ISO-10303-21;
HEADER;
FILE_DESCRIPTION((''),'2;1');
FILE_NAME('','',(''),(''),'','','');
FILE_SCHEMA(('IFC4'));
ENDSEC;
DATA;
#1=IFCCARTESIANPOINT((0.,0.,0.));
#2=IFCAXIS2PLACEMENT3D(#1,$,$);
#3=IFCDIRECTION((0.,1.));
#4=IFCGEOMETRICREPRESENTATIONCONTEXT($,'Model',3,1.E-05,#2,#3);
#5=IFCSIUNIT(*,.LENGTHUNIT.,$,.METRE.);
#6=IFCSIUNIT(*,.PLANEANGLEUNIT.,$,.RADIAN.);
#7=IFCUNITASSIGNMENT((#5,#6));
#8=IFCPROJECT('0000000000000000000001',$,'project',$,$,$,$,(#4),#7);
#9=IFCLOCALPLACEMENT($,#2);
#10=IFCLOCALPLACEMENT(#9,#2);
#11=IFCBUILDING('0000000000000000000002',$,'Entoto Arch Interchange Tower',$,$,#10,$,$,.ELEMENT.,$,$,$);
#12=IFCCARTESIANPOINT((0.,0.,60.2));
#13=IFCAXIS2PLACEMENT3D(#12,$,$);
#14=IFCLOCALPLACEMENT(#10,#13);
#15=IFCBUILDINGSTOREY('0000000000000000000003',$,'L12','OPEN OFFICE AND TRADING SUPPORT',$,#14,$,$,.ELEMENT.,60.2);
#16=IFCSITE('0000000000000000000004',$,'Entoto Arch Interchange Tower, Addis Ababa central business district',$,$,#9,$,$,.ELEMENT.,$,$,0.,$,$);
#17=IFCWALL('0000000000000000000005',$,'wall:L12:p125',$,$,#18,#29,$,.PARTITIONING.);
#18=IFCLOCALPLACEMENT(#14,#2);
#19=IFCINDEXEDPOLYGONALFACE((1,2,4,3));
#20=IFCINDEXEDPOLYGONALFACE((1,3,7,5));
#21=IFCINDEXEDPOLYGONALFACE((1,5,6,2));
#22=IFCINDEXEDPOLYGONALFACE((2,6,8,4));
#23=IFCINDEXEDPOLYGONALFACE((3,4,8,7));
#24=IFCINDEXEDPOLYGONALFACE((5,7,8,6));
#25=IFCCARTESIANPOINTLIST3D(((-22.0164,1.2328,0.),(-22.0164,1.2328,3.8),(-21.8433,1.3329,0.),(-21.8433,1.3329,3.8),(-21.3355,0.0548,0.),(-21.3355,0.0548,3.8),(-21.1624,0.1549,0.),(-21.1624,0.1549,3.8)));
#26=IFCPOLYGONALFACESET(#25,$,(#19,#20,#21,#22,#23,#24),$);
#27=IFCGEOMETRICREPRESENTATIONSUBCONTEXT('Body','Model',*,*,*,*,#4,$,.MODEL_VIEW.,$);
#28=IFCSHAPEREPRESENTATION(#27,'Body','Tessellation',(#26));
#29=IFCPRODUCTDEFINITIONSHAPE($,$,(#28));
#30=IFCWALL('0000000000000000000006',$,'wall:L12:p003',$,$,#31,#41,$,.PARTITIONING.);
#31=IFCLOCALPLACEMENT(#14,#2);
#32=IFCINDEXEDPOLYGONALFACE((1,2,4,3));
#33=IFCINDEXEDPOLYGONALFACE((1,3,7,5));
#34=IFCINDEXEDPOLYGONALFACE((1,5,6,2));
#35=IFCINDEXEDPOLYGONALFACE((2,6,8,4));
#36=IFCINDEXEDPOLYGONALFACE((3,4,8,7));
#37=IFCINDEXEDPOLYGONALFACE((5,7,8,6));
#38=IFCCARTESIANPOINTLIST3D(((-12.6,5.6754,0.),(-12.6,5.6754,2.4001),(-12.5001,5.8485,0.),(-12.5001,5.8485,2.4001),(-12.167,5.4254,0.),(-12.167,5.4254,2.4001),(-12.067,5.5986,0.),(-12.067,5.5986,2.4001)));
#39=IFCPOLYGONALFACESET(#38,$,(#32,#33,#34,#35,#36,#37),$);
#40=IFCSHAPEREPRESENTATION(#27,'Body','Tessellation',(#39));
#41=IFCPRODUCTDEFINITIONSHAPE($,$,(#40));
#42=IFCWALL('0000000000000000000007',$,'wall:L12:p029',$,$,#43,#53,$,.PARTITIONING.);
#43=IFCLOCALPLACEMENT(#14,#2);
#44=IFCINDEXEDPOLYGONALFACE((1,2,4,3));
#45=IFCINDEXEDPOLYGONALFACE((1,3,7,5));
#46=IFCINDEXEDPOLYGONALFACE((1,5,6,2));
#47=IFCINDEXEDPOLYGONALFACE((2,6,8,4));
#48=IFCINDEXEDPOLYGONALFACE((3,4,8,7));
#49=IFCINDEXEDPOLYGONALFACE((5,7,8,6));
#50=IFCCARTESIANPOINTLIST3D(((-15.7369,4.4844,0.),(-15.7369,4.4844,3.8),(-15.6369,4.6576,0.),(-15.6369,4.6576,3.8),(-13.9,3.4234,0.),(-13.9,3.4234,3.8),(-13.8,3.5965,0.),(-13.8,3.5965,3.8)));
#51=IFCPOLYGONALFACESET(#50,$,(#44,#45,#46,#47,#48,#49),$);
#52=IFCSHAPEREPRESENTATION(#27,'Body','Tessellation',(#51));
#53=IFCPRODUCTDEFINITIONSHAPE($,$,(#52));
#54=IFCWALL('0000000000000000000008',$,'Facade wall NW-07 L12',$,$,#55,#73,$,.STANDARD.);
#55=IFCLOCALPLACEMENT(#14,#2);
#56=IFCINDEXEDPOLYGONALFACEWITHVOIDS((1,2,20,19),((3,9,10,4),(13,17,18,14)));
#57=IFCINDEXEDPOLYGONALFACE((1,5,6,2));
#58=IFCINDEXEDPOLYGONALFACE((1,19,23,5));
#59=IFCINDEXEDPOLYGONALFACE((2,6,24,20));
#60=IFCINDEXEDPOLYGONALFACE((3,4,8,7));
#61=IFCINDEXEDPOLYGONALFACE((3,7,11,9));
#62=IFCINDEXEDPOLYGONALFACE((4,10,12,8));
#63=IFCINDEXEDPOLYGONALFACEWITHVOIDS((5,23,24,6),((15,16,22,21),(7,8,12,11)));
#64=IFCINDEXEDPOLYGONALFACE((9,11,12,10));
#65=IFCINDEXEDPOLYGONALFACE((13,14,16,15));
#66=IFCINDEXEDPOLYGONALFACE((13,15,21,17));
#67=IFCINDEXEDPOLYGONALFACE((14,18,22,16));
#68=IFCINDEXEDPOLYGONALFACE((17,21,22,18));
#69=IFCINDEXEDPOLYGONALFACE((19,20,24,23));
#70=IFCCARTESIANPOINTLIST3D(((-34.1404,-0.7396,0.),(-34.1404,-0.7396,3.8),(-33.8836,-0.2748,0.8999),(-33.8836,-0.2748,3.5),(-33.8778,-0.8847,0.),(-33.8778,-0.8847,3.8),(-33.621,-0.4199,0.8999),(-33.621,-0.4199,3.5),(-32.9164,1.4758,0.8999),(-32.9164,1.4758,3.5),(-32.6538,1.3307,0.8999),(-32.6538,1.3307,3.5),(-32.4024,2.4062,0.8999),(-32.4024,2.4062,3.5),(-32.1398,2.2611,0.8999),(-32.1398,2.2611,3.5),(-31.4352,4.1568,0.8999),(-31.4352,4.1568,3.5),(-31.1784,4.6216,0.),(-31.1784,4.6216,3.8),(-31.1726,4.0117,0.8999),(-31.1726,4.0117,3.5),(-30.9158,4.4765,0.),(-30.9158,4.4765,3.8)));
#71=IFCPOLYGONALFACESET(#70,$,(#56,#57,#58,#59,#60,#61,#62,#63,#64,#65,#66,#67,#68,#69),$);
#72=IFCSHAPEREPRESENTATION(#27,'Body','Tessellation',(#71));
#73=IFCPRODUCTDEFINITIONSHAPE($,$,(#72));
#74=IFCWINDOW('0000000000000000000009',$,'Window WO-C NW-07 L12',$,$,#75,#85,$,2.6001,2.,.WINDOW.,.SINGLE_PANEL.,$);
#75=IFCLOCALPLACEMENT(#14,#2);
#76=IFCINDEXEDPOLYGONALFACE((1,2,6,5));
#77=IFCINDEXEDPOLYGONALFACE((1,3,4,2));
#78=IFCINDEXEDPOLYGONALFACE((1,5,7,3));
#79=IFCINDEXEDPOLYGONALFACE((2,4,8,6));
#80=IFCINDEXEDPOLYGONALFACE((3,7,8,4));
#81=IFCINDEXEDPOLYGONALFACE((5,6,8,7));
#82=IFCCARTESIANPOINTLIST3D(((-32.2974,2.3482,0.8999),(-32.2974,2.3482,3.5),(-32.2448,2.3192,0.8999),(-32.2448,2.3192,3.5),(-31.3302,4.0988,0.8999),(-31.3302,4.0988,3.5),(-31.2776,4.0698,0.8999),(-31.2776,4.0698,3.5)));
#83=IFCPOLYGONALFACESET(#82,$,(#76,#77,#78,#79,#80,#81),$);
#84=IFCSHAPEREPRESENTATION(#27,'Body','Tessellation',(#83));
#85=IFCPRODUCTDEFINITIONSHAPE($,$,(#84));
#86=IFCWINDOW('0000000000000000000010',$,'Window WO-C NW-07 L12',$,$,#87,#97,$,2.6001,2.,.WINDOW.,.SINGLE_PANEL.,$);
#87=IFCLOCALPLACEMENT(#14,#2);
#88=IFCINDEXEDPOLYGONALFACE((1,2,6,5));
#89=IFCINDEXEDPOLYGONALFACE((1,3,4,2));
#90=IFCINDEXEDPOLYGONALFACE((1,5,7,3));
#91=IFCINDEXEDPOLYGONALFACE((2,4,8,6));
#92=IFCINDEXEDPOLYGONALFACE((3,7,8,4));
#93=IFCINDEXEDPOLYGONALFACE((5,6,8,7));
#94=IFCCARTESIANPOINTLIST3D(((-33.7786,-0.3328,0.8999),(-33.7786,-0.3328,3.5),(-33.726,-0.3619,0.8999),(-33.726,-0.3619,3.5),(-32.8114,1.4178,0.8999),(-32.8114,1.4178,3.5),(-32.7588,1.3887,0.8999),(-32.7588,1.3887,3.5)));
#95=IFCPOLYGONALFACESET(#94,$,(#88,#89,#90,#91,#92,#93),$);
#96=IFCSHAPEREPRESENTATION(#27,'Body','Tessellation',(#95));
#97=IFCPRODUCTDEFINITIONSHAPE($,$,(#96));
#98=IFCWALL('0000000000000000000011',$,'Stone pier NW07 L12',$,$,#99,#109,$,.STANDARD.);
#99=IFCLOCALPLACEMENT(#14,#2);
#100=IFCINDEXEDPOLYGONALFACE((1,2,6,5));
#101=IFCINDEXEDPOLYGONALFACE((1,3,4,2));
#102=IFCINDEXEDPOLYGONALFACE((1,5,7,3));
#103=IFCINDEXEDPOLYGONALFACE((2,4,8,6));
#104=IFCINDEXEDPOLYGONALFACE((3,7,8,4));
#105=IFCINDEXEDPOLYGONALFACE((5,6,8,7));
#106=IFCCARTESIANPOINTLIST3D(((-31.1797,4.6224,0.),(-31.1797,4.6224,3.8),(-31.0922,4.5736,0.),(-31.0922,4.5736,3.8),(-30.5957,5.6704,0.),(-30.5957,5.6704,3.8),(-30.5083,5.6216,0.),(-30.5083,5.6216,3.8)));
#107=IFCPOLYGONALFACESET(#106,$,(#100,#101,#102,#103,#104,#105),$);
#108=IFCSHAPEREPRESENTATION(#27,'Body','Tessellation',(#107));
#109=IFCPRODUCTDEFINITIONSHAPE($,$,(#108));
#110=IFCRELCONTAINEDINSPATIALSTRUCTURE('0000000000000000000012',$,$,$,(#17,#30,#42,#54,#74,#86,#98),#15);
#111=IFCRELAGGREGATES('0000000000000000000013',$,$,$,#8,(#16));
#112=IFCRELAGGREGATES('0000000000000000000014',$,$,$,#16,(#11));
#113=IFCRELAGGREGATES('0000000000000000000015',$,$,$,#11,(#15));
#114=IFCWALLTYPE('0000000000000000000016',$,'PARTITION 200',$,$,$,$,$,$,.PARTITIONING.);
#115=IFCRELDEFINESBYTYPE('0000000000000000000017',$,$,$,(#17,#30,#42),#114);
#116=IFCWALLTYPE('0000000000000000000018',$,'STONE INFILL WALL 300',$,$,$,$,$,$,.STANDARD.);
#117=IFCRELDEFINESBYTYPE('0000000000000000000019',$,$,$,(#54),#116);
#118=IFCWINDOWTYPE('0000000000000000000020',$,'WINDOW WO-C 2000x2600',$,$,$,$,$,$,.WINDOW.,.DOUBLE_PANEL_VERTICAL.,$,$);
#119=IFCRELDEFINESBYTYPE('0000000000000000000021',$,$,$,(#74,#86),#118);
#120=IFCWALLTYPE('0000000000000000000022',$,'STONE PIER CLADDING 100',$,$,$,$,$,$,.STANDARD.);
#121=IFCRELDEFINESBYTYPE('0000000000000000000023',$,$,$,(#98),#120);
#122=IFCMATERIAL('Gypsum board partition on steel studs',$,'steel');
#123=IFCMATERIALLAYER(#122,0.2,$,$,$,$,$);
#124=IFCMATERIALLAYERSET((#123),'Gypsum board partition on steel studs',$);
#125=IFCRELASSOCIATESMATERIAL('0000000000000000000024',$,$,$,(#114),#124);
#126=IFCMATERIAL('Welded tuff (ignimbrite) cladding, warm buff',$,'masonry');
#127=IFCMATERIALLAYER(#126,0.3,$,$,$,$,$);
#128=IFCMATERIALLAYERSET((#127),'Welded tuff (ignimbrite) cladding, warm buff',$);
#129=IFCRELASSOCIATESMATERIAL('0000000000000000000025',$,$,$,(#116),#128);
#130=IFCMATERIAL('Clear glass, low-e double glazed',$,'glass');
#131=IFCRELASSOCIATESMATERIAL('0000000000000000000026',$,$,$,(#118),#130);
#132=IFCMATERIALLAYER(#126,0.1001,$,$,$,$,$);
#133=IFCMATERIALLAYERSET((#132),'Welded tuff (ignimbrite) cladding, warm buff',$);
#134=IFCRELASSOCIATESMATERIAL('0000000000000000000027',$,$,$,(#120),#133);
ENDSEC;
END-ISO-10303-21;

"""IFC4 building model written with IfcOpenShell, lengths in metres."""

from ifc_helpers import new_model, si_unit, direction, frame, frame_2d, origin, place, context, subcontext, project, spatial, rectangle, extrude, material, layer, layer_set, type_object, element, fill, save


model = new_model("IFC4")

# Units and contexts
model_context = context("Model", 3, precision=1e-05, world=origin(), true_north=direction((0.0, 1.0)))
body_context = subcontext(model_context, "Body", "Model", "MODEL_VIEW")
ifc_project = project(units=[si_unit("LENGTHUNIT", "METRE"), si_unit("PLANEANGLEUNIT", "RADIAN")], contexts=[model_context])

# Site, building, storey
site_placement = place(None, origin())
site = spatial("IfcSite", under=ifc_project, at=site_placement, Name="Entoto Arch Interchange Tower, Addis Ababa central business district", CompositionType="ELEMENT", RefElevation=0.0)
building_placement = place(site_placement, origin())
building = spatial("IfcBuilding", under=site, at=building_placement, Name="Entoto Arch Interchange Tower", CompositionType="ELEMENT")
storey_placement = place(building_placement, frame((0.0, 0.0, 60.2)))
storey = spatial("IfcBuildingStorey", under=building, at=storey_placement, Name="L12", Description="OPEN OFFICE AND TRADING SUPPORT", CompositionType="ELEMENT", Elevation=60.2)

# Shared definitions
ifc_material_1 = material(Name="Gypsum board partition on steel studs", Category="steel")
ifc_layer_1 = layer(ifc_material_1, 0.2)
ifc_layer_set_1 = layer_set([ifc_layer_1], Name="Gypsum board partition on steel studs")
wall_type_1 = type_object("IfcWallType", Name="PARTITION 200", PredefinedType="PARTITIONING", material=ifc_layer_set_1)

# Walls
wall_1_placement = place(storey_placement, frame((-21.249, 0.105, 0.0), z_axis=(0.0, 0.0, 1.0), x_axis=(-0.500442, 0.86577, 0.0)))
element("IfcWall", 1, at=wall_1_placement, inside=storey, type_object=wall_type_1, Name="wall:L12:p125", PredefinedType="PARTITIONING", context=body_context, shape_type="SweptSolid", body=[
    extrude(rectangle(XDim=1.3606, YDim=0.2, at=frame_2d((0.6802, 0.0))), origin(), (0.0, 0.0, 1.0), 3.8),
])
wall_2_placement = place(storey_placement, frame((-12.55, 5.762, 0.0), z_axis=(0.0, 0.0, 1.0), x_axis=(0.866072, -0.49992, 0.0)))
element("IfcWall", 2, at=wall_2_placement, inside=storey, type_object=wall_type_1, Name="wall:L12:p003", PredefinedType="PARTITIONING", context=body_context, shape_type="SweptSolid", body=[
    extrude(rectangle(XDim=0.5, YDim=0.2, at=frame_2d((0.25, 0.0))), origin(), (0.0, 0.0, 1.0), 2.4001),
])
wall_3_placement = place(storey_placement, frame((-13.8501, 3.51, 0.0), z_axis=(0.0, 0.0, 1.0), x_axis=(-0.865925, 0.500174, 0.0)))
element("IfcWall", 3, at=wall_3_placement, inside=storey, type_object=wall_type_1, Name="wall:L12:p029", PredefinedType="PARTITIONING", context=body_context, shape_type="SweptSolid", body=[
    extrude(rectangle(XDim=2.1213, YDim=0.2, at=frame_2d((1.0605, 0.0))), origin(), (0.0, 0.0, 1.0), 3.8),
])

# Wall, openings, windows
ifc_material_2 = material(Name="Welded tuff (ignimbrite) cladding, warm buff", Category="masonry")
ifc_layer_2 = layer(ifc_material_2, 0.3)
ifc_layer_set_2 = layer_set([ifc_layer_2], Name="Welded tuff (ignimbrite) cladding, warm buff")
wall_type_2 = type_object("IfcWallType", Name="STONE INFILL WALL 300", PredefinedType="STANDARD", material=ifc_layer_set_2)
wall_4_placement = place(storey_placement, frame((-31.0471, 4.5491, 0.0), z_axis=(0.0, 0.0, 1.0), x_axis=(-0.483587, -0.875296, 0.0)))
wall_4 = element("IfcWall", 4, at=wall_4_placement, inside=storey, type_object=wall_type_2, Name="Facade wall NW-07 L12", PredefinedType="STANDARD", context=body_context, shape_type="SweptSolid", body=[
    extrude(rectangle(XDim=6.125, YDim=0.3, at=frame_2d((3.0625, 0.0))), origin(), (0.0, 0.0, 1.0), 3.8),
])
opening_1_placement = place(wall_4_placement, frame((0.531, 0.0, 0.8999)))
opening_1 = element("IfcOpeningElement", 5, at=opening_1_placement, cuts=wall_4, PredefinedType="OPENING", context=body_context, shape_type="SweptSolid", body=[
    extrude(rectangle(XDim=2.0, YDim=2.6001, at=frame_2d((1.0, 1.3))), frame((0.0, 0.1602, 0.0), z_axis=(0.0, -1.0, 0.0), x_axis=(1.0, 0.0, 0.0)), (0.0, 0.0, 1.0), 0.3201),
])
opening_2_placement = place(wall_4_placement, frame((3.594, 0.0, 0.8999)))
opening_2 = element("IfcOpeningElement", 6, at=opening_2_placement, cuts=wall_4, PredefinedType="OPENING", context=body_context, shape_type="SweptSolid", body=[
    extrude(rectangle(XDim=2.0, YDim=2.6001, at=frame_2d((1.0, 1.3))), frame((0.0, 0.1602, 0.0), z_axis=(0.0, -1.0, 0.0), x_axis=(1.0, 0.0, 0.0)), (0.0, 0.0, 1.0), 0.3201),
])
ifc_material_3 = material(Name="Clear glass, low-e double glazed", Category="glass")
window_type = type_object("IfcWindowType", Name="WINDOW WO-C 2000x2600", PartitioningType="DOUBLE_PANEL_VERTICAL", PredefinedType="WINDOW", material=ifc_material_3)
window_1_placement = place(opening_1_placement, origin())
window_1 = element("IfcWindow", 7, at=window_1_placement, inside=storey, type_object=window_type, Name="Window WO-C NW-07 L12", OverallHeight=2.6001, OverallWidth=2.0, PartitioningType="SINGLE_PANEL", PredefinedType="WINDOW", context=body_context, shape_type="SweptSolid", body=[
    extrude(rectangle(XDim=2.0, YDim=2.6001, at=frame_2d((1.0, 1.3))), frame((0.0, 0.03, 0.0), z_axis=(0.0, -1.0, 0.0), x_axis=(1.0, 0.0, 0.0)), (0.0, 0.0, 1.0), 0.0601),
])
fill(opening_1, window_1)
window_2_placement = place(opening_2_placement, origin())
window_2 = element("IfcWindow", 8, at=window_2_placement, inside=storey, type_object=window_type, Name="Window WO-C NW-07 L12", OverallHeight=2.6001, OverallWidth=2.0, PartitioningType="SINGLE_PANEL", PredefinedType="WINDOW", context=body_context, shape_type="SweptSolid", body=[
    extrude(rectangle(XDim=2.0, YDim=2.6001, at=frame_2d((1.0, 1.3))), frame((0.0, 0.03, 0.0), z_axis=(0.0, -1.0, 0.0), x_axis=(1.0, 0.0, 0.0)), (0.0, 0.0, 1.0), 0.0601),
])
fill(opening_2, window_2)

# Wall
ifc_layer_3 = layer(ifc_material_2, 0.1001)
ifc_layer_set_3 = layer_set([ifc_layer_3], Name="Welded tuff (ignimbrite) cladding, warm buff")
wall_type_3 = type_object("IfcWallType", Name="STONE PIER CLADDING 100", PredefinedType="STANDARD", material=ifc_layer_set_3)
wall_5_placement = place(storey_placement, frame((-30.552, 5.646, 0.0), z_axis=(0.0, 0.0, 1.0), x_axis=(-0.486731, -0.873552, 0.0)))
element("IfcWall", 9, at=wall_5_placement, inside=storey, type_object=wall_type_3, Name="Stone pier NW07 L12", PredefinedType="STANDARD", context=body_context, shape_type="SweptSolid", body=[
    extrude(rectangle(XDim=1.1997, YDim=0.1001, at=frame_2d((0.5999, 0.0))), origin(), (0.0, 0.0, 1.0), 3.8),
])

save(model, "model.ifc")
